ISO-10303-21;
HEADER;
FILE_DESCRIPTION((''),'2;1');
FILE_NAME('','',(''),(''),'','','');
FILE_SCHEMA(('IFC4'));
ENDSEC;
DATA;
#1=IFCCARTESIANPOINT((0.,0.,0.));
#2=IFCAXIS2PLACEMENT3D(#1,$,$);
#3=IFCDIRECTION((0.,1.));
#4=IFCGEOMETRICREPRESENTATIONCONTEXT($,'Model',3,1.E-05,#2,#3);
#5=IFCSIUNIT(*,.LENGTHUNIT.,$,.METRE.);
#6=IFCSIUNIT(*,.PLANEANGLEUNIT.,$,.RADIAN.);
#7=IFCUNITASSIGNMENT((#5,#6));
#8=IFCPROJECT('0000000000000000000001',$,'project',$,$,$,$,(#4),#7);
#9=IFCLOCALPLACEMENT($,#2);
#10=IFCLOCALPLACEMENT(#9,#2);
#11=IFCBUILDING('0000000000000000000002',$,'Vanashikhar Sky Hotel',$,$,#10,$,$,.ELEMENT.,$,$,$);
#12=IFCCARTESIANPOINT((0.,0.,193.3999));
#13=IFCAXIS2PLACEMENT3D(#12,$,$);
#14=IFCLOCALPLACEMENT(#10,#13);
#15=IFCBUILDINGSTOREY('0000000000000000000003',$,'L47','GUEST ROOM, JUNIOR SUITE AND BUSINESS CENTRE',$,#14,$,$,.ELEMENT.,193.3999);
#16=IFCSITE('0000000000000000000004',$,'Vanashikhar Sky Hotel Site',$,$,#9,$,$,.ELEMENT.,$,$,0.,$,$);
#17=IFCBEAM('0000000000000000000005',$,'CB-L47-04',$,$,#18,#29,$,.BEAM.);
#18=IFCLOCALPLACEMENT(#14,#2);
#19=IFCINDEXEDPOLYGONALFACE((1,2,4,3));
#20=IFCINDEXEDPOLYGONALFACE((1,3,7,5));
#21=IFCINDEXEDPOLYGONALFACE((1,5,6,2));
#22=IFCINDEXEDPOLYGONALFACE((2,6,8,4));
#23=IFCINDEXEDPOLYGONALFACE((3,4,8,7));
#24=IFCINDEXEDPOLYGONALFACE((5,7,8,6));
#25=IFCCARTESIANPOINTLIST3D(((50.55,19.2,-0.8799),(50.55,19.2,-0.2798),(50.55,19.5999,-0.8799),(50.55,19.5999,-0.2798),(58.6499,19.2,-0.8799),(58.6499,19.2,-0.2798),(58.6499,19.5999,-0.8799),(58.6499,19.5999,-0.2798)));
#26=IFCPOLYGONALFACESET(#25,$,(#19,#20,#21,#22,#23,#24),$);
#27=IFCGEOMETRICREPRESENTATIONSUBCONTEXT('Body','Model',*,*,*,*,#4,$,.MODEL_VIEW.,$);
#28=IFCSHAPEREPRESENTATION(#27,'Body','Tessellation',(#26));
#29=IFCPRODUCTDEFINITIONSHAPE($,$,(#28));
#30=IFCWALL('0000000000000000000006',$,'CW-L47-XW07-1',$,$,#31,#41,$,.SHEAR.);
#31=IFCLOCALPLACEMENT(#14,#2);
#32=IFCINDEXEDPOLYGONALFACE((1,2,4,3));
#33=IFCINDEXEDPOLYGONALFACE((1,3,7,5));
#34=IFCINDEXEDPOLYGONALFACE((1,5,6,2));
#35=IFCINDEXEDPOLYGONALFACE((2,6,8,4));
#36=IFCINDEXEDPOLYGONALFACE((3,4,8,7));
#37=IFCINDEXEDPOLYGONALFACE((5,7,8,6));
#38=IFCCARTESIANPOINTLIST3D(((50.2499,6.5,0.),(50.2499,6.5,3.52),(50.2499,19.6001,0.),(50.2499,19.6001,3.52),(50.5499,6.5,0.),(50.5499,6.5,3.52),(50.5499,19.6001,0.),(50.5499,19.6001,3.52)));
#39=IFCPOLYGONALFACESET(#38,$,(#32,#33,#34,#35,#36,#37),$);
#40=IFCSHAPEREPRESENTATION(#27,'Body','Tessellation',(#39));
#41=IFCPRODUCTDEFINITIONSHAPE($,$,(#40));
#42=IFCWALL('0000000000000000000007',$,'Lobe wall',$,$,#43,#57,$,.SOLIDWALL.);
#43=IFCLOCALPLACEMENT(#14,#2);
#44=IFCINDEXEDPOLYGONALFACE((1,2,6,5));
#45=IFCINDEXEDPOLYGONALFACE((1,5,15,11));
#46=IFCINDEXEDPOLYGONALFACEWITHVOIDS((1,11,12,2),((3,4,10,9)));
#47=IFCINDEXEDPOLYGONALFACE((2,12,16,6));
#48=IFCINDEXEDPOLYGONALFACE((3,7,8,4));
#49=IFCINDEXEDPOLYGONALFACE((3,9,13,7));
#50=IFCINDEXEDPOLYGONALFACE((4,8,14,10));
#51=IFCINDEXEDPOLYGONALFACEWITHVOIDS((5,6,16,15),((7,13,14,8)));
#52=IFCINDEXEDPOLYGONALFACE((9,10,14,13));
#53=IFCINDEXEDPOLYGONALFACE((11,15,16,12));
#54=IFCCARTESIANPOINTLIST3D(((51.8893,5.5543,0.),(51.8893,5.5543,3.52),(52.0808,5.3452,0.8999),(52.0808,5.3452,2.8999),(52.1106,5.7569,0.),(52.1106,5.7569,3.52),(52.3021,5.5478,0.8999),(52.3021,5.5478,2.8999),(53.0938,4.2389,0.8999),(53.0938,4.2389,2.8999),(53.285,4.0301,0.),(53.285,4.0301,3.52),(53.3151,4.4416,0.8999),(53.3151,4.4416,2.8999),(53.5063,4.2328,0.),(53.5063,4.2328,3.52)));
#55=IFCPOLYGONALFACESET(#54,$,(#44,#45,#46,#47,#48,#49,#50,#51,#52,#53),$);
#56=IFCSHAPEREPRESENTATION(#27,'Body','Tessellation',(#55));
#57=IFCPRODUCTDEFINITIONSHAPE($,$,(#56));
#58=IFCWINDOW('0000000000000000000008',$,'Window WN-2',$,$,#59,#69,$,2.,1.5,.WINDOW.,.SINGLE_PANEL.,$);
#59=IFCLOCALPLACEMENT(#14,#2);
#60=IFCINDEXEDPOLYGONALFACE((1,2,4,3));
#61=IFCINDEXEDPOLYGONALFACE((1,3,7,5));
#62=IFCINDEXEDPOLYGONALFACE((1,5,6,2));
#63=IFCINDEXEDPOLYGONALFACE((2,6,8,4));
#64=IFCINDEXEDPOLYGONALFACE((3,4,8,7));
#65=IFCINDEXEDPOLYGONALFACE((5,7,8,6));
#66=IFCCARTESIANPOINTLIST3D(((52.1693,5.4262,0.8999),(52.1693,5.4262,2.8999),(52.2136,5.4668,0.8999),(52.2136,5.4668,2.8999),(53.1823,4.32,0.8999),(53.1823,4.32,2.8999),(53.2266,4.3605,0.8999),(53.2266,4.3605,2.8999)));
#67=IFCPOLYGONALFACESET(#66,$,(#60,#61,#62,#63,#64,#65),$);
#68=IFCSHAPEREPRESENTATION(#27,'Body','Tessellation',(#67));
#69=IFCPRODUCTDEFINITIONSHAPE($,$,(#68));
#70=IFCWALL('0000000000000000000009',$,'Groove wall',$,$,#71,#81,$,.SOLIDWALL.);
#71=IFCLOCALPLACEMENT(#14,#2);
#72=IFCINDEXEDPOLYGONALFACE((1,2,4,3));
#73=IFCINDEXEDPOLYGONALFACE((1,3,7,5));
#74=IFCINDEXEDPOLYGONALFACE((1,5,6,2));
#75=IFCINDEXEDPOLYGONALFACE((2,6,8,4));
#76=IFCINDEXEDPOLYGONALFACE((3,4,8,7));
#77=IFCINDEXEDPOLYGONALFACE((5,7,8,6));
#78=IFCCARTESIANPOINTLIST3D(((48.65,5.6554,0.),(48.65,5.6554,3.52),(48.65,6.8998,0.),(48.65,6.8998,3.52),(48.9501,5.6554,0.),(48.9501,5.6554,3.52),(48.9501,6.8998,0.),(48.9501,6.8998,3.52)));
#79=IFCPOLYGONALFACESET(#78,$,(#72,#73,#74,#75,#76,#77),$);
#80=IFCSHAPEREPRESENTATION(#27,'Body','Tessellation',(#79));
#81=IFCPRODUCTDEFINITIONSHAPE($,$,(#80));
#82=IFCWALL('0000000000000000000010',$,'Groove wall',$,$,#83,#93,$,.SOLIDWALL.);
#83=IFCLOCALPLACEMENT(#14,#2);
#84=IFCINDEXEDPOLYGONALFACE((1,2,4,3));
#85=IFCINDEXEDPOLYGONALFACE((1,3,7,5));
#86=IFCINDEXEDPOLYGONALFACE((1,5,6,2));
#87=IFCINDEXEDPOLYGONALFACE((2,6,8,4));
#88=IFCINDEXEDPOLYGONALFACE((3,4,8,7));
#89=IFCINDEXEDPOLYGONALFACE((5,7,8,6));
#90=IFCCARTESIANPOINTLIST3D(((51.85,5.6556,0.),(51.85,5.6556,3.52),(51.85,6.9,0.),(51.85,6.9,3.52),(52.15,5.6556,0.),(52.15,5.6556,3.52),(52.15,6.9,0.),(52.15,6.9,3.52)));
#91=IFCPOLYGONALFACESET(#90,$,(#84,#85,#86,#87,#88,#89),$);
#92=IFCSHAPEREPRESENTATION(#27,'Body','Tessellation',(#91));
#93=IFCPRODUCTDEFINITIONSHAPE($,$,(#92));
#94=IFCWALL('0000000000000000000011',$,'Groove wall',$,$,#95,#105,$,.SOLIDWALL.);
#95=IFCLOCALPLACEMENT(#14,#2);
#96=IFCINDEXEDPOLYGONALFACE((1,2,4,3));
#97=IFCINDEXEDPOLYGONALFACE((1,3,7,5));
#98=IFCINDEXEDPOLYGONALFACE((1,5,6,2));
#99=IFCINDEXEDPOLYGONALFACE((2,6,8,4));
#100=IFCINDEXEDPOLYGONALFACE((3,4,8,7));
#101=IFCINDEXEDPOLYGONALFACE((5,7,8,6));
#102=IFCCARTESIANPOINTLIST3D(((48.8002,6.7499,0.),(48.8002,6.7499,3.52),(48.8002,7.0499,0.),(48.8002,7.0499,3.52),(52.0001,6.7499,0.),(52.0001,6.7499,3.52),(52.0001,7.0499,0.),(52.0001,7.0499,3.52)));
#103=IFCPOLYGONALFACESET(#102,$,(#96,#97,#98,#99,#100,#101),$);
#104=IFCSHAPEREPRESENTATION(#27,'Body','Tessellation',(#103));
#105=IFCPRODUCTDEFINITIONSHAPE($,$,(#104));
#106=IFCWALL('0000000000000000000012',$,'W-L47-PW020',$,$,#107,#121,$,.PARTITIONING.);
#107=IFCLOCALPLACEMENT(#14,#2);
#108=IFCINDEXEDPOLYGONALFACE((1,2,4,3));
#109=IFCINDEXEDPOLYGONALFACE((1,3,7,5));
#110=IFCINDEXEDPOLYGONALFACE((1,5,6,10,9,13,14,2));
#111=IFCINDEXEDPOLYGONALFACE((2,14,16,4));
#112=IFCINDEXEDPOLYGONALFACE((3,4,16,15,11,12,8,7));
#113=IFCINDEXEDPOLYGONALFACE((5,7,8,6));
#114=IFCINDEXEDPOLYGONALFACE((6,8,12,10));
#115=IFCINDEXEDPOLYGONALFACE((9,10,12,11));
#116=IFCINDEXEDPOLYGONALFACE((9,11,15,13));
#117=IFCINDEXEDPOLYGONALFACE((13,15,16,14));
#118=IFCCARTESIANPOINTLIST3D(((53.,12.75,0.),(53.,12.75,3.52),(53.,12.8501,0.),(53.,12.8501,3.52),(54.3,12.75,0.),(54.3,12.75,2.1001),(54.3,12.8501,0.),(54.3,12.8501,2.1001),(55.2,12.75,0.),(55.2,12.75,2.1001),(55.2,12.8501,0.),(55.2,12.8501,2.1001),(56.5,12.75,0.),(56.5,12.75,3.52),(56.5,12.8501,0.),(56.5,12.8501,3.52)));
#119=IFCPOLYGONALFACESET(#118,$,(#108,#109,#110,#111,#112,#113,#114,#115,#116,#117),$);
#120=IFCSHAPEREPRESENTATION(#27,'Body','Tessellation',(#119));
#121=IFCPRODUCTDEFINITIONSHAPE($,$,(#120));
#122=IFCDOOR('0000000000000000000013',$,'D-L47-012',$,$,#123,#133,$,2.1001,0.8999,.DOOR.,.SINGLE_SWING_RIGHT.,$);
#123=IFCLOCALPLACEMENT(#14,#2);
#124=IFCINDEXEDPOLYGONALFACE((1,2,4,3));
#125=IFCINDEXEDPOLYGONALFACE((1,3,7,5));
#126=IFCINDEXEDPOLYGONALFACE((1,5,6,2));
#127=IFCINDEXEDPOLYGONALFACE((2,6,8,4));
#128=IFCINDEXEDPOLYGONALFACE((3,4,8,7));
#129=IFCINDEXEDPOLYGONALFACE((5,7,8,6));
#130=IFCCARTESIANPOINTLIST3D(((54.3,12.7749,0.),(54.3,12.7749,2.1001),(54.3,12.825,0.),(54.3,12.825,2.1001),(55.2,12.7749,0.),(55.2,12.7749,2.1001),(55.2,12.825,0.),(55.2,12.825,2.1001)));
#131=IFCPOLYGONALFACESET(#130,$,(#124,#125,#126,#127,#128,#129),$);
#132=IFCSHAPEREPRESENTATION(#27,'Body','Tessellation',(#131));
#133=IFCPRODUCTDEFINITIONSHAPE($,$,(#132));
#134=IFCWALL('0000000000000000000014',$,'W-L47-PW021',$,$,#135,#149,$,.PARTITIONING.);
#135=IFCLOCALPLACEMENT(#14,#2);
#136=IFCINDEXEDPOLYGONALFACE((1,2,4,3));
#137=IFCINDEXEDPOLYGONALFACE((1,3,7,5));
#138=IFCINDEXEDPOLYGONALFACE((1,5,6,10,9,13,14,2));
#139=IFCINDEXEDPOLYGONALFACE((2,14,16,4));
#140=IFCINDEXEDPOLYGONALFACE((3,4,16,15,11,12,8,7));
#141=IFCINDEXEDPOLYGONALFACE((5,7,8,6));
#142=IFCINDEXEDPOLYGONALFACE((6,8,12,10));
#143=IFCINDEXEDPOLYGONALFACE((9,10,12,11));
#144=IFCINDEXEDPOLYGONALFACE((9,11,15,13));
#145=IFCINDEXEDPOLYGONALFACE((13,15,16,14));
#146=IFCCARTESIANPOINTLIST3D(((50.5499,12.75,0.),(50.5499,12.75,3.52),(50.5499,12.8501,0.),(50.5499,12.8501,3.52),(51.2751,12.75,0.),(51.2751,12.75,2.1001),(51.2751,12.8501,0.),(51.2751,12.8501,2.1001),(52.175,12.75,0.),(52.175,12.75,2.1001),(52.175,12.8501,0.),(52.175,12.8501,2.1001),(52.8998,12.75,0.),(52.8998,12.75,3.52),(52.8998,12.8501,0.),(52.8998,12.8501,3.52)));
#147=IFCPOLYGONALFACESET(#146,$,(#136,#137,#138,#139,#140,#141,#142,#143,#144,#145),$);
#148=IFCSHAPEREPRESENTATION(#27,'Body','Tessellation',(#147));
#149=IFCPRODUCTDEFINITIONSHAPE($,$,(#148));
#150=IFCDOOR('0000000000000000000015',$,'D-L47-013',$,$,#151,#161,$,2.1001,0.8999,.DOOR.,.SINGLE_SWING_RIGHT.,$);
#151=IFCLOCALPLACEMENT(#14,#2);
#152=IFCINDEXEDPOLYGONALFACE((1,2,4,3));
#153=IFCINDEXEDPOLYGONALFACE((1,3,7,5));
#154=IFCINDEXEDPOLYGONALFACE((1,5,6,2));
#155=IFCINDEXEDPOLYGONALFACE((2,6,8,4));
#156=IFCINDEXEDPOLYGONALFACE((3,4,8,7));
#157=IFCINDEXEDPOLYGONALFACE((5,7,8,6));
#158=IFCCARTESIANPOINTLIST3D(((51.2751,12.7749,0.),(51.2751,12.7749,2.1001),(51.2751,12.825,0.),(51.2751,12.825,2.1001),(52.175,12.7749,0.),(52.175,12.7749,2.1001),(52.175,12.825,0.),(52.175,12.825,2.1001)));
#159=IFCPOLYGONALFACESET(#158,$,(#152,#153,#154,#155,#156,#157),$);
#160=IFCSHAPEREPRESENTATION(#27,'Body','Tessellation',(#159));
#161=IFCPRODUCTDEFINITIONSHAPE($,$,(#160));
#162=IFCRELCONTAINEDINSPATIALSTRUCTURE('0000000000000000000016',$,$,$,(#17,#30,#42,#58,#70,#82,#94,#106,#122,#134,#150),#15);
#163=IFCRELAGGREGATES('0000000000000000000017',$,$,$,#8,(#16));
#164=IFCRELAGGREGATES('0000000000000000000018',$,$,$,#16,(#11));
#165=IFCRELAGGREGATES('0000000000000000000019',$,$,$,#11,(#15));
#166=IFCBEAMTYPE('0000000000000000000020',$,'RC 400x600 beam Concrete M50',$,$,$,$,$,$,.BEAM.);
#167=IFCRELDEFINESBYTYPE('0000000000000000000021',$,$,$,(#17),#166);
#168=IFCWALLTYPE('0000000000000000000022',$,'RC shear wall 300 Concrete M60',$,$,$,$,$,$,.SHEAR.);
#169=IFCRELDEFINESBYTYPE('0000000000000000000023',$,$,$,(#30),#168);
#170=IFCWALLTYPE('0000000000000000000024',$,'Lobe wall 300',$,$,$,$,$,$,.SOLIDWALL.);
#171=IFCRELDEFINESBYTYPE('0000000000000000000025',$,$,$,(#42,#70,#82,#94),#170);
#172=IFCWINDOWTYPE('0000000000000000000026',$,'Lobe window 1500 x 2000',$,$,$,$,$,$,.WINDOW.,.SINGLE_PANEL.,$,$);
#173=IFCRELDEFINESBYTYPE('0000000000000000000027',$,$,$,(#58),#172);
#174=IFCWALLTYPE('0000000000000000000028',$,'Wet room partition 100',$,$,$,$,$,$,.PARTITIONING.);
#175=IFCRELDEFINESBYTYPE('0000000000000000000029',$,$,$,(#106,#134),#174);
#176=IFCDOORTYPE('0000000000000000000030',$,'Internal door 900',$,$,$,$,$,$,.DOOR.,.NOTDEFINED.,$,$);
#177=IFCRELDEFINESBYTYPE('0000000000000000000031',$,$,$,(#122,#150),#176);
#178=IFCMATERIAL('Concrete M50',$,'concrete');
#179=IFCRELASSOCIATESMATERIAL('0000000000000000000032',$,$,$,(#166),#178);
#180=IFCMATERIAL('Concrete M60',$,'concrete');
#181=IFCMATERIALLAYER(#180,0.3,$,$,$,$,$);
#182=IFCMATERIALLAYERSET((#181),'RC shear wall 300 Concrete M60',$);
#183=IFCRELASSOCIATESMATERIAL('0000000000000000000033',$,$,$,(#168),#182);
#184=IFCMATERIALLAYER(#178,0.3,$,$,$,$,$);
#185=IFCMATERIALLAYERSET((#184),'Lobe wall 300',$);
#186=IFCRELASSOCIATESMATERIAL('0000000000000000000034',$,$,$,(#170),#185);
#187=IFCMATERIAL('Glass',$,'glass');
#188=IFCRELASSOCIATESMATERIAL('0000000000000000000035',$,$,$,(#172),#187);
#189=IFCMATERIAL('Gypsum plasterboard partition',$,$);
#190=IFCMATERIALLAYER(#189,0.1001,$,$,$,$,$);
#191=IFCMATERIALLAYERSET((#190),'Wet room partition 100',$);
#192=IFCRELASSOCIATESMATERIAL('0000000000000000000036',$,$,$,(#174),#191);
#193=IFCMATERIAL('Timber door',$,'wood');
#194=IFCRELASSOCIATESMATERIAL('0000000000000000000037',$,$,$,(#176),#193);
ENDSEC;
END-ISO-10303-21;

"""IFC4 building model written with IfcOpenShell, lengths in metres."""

from ifc_helpers import new_model, si_unit, direction, frame, frame_2d, origin, origin_2d, place, context, subcontext, project, spatial, rectangle, extrude, source, transform, mapped, material, layer, layer_set, material_profile, profile_set, type_object, element, fill, save


model = new_model("IFC4")

# Units and contexts
model_context = context("Model", 3, precision=1e-05, world=origin(), true_north=direction((0.0, 1.0)))
body_context = subcontext(model_context, "Body", "Model", "MODEL_VIEW")
ifc_project = project(units=[si_unit("LENGTHUNIT", "METRE"), si_unit("PLANEANGLEUNIT", "RADIAN")], contexts=[model_context])

# Site, building, storey
site_placement = place(None, origin())
site = spatial("IfcSite", under=ifc_project, at=site_placement, Name="Vanashikhar Sky Hotel Site", CompositionType="ELEMENT", RefElevation=0.0)
building_placement = place(site_placement, origin())
building = spatial("IfcBuilding", under=site, at=building_placement, Name="Vanashikhar Sky Hotel", CompositionType="ELEMENT")
storey_placement = place(building_placement, frame((0.0, 0.0, 193.3999)))
storey = spatial("IfcBuildingStorey", under=building, at=storey_placement, Name="L47", Description="GUEST ROOM, JUNIOR SUITE AND BUSINESS CENTRE", CompositionType="ELEMENT", Elevation=193.3999)

# Beam
ifc_material_1 = material(Name="Concrete M50", Category="concrete")
ifc_material_profile = material_profile(ifc_material_1, rectangle(XDim=0.3999, YDim=0.6001, at=origin_2d()))
ifc_profile_set = profile_set([ifc_material_profile], Name="RC 400x600 beam Concrete M50")
beam_type = type_object("IfcBeamType", Name="RC 400x600 beam Concrete M50", PredefinedType="BEAM", material=ifc_profile_set)
shared_shape_1 = source(origin(), body_context, "Body", "SweptSolid", [
    extrude(rectangle(XDim=0.3999, YDim=0.6001, at=origin_2d()), origin(), (0.0, 0.0, 1.0), 8.0999),
])
beam_placement = place(storey_placement, frame((50.55, 19.3999, -0.5798), z_axis=(1.0, 0.0, 0.0), x_axis=(0.0, 1.0, 0.0)))
element("IfcBeam", 1, at=beam_placement, inside=storey, type_object=beam_type, Name="CB-L47-04", PredefinedType="BEAM", context=body_context, shape_type="MappedRepresentation", body=[
    mapped(shared_shape_1, transform((0.0, 0.0, 0.0), scale=1.0)),
])

# Wall
ifc_material_2 = material(Name="Concrete M60", Category="concrete")
ifc_layer_1 = layer(ifc_material_2, 0.3)
ifc_layer_set_1 = layer_set([ifc_layer_1], Name="RC shear wall 300 Concrete M60")
wall_type_1 = type_object("IfcWallType", Name="RC shear wall 300 Concrete M60", PredefinedType="SHEAR", material=ifc_layer_set_1)
shared_shape_2 = source(origin(), body_context, "Body", "SweptSolid", [
    extrude(rectangle(XDim=13.1001, YDim=0.3, at=frame_2d((6.55, 0.0))), origin(), (0.0, 0.0, 1.0), 3.52),
])
wall_1_placement = place(storey_placement, frame((50.3999, 6.5, 0.0), z_axis=(0.0, 0.0, 1.0), x_axis=(0.0, 1.0, 0.0)))
element("IfcWall", 2, at=wall_1_placement, inside=storey, type_object=wall_type_1, Name="CW-L47-XW07-1", PredefinedType="SHEAR", context=body_context, shape_type="MappedRepresentation", body=[
    mapped(shared_shape_2, transform((0.0, 0.0, 0.0), scale=1.0)),
])

# Wall, opening, window
ifc_layer_2 = layer(ifc_material_1, 0.3)
ifc_layer_set_2 = layer_set([ifc_layer_2], Name="Lobe wall 300")
wall_type_2 = type_object("IfcWallType", Name="Lobe wall 300", PredefinedType="SOLIDWALL", material=ifc_layer_set_2)
shared_shape_3 = source(origin(), body_context, "Body", "SweptSolid", [
    extrude(rectangle(XDim=2.0667, YDim=0.3, at=frame_2d((1.0332, 0.0))), origin(), (0.0, 0.0, 1.0), 3.52),
])
wall_2_placement = place(storey_placement, frame((52.0, 5.6555, 0.0), z_axis=(0.0, 0.0, 1.0), x_axis=(0.675355, -0.737492, 0.0)))
wall_2 = element("IfcWall", 3, at=wall_2_placement, inside=storey, type_object=wall_type_2, Name="Lobe wall", PredefinedType="SOLIDWALL", context=body_context, shape_type="MappedRepresentation", body=[
    mapped(shared_shape_3, transform((0.0, 0.0, 0.0), scale=1.0)),
])
shared_shape_4 = source(origin(), body_context, "Body", "SweptSolid", [
    extrude(rectangle(XDim=1.5, YDim=2.0, at=frame_2d((0.75, 1.0))), frame((0.0, 0.1602, 0.0), z_axis=(0.0, -1.0, 0.0), x_axis=(1.0, 0.0, 0.0)), (0.0, 0.0, 1.0), 0.3201),
])
opening_1_placement = place(wall_2_placement, frame((0.2834, 0.0, 0.8999)))
opening_1 = element("IfcOpeningElement", 4, at=opening_1_placement, cuts=wall_2, PredefinedType="OPENING", context=body_context, shape_type="MappedRepresentation", body=[
    mapped(shared_shape_4, transform((0.0, 0.0, 0.0), scale=1.0)),
])
ifc_material_3 = material(Name="Glass", Category="glass")
window_type = type_object("IfcWindowType", Name="Lobe window 1500 x 2000", PartitioningType="SINGLE_PANEL", PredefinedType="WINDOW", material=ifc_material_3)
shared_shape_5 = source(origin(), body_context, "Body", "SweptSolid", [
    extrude(rectangle(XDim=1.5, YDim=2.0, at=frame_2d((0.75, 1.0))), frame((0.0, 0.03, 0.0), z_axis=(0.0, -1.0, 0.0), x_axis=(1.0, 0.0, 0.0)), (0.0, 0.0, 1.0), 0.0601),
])
window_placement = place(opening_1_placement, origin())
window = element("IfcWindow", 5, at=window_placement, inside=storey, type_object=window_type, Name="Window WN-2", OverallHeight=2.0, OverallWidth=1.5, PartitioningType="SINGLE_PANEL", PredefinedType="WINDOW", context=body_context, shape_type="MappedRepresentation", body=[
    mapped(shared_shape_5, transform((0.0, 0.0, 0.0), scale=1.0)),
])
fill(opening_1, window)

# Walls
shared_shape_6 = source(origin(), body_context, "Body", "SweptSolid", [
    extrude(rectangle(XDim=1.2444, YDim=0.3, at=frame_2d((0.6221, 0.0))), origin(), (0.0, 0.0, 1.0), 3.52),
])
for number, where, z_axis, x_axis, name in (
    (6, (48.8, 5.6555, 0.0), (0.0, 0.0, 1.0), (0.0, 1.0, 0.0), "Groove wall"),
    (7, (52.0, 6.8999, 0.0), (0.0, 0.0, 1.0), (0.0, -1.0, 0.0), "Groove wall"),
):
    element("IfcWall", number, at=place(storey_placement, frame(where, z_axis=z_axis, x_axis=x_axis)), inside=storey, type_object=wall_type_2, Name=name, PredefinedType="SOLIDWALL", context=body_context, shape_type="MappedRepresentation", body=[
        mapped(shared_shape_6, transform((0.0, 0.0, 0.0), scale=1.0)),
    ])
shared_shape_7 = source(origin(), body_context, "Body", "SweptSolid", [
    extrude(rectangle(XDim=3.2, YDim=0.3, at=frame_2d((1.6001, 0.0))), origin(), (0.0, 0.0, 1.0), 3.52),
])
wall_3_placement = place(storey_placement, frame((48.8, 6.8999, 0.0), z_axis=(0.0, 0.0, 1.0), x_axis=(1.0, 0.0, 0.0)))
element("IfcWall", 8, at=wall_3_placement, inside=storey, type_object=wall_type_2, Name="Groove wall", PredefinedType="SOLIDWALL", context=body_context, shape_type="MappedRepresentation", body=[
    mapped(shared_shape_7, transform((0.0, 0.0, 0.0), scale=1.0)),
])

# Walls, openings, doors
ifc_material_4 = material(Name="Gypsum plasterboard partition")
ifc_layer_3 = layer(ifc_material_4, 0.1001)
ifc_layer_set_3 = layer_set([ifc_layer_3], Name="Wet room partition 100")
wall_type_3 = type_object("IfcWallType", Name="Wet room partition 100", PredefinedType="PARTITIONING", material=ifc_layer_set_3)
shared_shape_8 = source(origin(), body_context, "Body", "SweptSolid", [
    extrude(rectangle(XDim=3.5, YDim=0.1001, at=frame_2d((1.75, 0.0))), origin(), (0.0, 0.0, 1.0), 3.52),
])
wall_4_placement = place(storey_placement, frame((53.0, 12.8, 0.0), z_axis=(0.0, 0.0, 1.0), x_axis=(1.0, 0.0, 0.0)))
wall_4 = element("IfcWall", 9, at=wall_4_placement, inside=storey, type_object=wall_type_3, Name="W-L47-PW020", PredefinedType="PARTITIONING", context=body_context, shape_type="MappedRepresentation", body=[
    mapped(shared_shape_8, transform((0.0, 0.0, 0.0), scale=1.0)),
])
shared_shape_9 = source(origin(), body_context, "Body", "SweptSolid", [
    extrude(rectangle(XDim=0.8999, YDim=2.1001, at=frame_2d((0.45, 1.05))), frame((0.0, 0.0601, 0.0), z_axis=(0.0, -1.0, 0.0), x_axis=(1.0, 0.0, 0.0)), (0.0, 0.0, 1.0), 0.1201),
])
opening_2_placement = place(wall_4_placement, frame((1.3, 0.0, 0.0)))
opening_2 = element("IfcOpeningElement", 10, at=opening_2_placement, cuts=wall_4, PredefinedType="OPENING", context=body_context, shape_type="MappedRepresentation", body=[
    mapped(shared_shape_9, transform((0.0, 0.0, 0.0), scale=1.0)),
])
ifc_material_5 = material(Name="Timber door", Category="wood")
door_type_1 = type_object("IfcDoorType", Name="Internal door 900", OperationType="NOTDEFINED", PredefinedType="DOOR", material=ifc_material_5)
shared_shape_10 = source(origin(), body_context, "Body", "SweptSolid", [
    extrude(rectangle(XDim=0.8999, YDim=2.1001, at=frame_2d((0.45, 1.05))), frame((0.0, 0.0249, 0.0), z_axis=(0.0, -1.0, 0.0), x_axis=(1.0, 0.0, 0.0)), (0.0, 0.0, 1.0), 0.05),
])
door_1_placement = place(opening_2_placement, origin())
door_1 = element("IfcDoor", 11, at=door_1_placement, inside=storey, type_object=door_type_1, Name="D-L47-012", OperationType="SINGLE_SWING_RIGHT", OverallHeight=2.1001, OverallWidth=0.8999, PredefinedType="DOOR", context=body_context, shape_type="MappedRepresentation", body=[
    mapped(shared_shape_10, transform((0.0, 0.0, 0.0), scale=1.0)),
])
fill(opening_2, door_1)
shared_shape_11 = source(origin(), body_context, "Body", "SweptSolid", [
    extrude(rectangle(XDim=2.3499, YDim=0.1001, at=frame_2d((1.1748, 0.0))), origin(), (0.0, 0.0, 1.0), 3.52),
])
wall_5_placement = place(storey_placement, frame((50.55, 12.8, 0.0), z_axis=(0.0, 0.0, 1.0), x_axis=(1.0, 0.0, 0.0)))
wall_5 = element("IfcWall", 12, at=wall_5_placement, inside=storey, type_object=wall_type_3, Name="W-L47-PW021", PredefinedType="PARTITIONING", context=body_context, shape_type="MappedRepresentation", body=[
    mapped(shared_shape_11, transform((0.0, 0.0, 0.0), scale=1.0)),
])
opening_3_placement = place(wall_5_placement, frame((0.7251, 0.0, 0.0)))
opening_3 = element("IfcOpeningElement", 13, at=opening_3_placement, cuts=wall_5, PredefinedType="OPENING", context=body_context, shape_type="MappedRepresentation", body=[
    mapped(shared_shape_9, transform((0.0, 0.0, 0.0), scale=1.0)),
])
door_2_placement = place(opening_3_placement, origin())
door_2 = element("IfcDoor", 14, at=door_2_placement, inside=storey, type_object=door_type_1, Name="D-L47-013", OperationType="SINGLE_SWING_RIGHT", OverallHeight=2.1001, OverallWidth=0.8999, PredefinedType="DOOR", context=body_context, shape_type="MappedRepresentation", body=[
    mapped(shared_shape_10, transform((0.0, 0.0, 0.0), scale=1.0)),
])
fill(opening_3, door_2)

save(model, "model.ifc")
